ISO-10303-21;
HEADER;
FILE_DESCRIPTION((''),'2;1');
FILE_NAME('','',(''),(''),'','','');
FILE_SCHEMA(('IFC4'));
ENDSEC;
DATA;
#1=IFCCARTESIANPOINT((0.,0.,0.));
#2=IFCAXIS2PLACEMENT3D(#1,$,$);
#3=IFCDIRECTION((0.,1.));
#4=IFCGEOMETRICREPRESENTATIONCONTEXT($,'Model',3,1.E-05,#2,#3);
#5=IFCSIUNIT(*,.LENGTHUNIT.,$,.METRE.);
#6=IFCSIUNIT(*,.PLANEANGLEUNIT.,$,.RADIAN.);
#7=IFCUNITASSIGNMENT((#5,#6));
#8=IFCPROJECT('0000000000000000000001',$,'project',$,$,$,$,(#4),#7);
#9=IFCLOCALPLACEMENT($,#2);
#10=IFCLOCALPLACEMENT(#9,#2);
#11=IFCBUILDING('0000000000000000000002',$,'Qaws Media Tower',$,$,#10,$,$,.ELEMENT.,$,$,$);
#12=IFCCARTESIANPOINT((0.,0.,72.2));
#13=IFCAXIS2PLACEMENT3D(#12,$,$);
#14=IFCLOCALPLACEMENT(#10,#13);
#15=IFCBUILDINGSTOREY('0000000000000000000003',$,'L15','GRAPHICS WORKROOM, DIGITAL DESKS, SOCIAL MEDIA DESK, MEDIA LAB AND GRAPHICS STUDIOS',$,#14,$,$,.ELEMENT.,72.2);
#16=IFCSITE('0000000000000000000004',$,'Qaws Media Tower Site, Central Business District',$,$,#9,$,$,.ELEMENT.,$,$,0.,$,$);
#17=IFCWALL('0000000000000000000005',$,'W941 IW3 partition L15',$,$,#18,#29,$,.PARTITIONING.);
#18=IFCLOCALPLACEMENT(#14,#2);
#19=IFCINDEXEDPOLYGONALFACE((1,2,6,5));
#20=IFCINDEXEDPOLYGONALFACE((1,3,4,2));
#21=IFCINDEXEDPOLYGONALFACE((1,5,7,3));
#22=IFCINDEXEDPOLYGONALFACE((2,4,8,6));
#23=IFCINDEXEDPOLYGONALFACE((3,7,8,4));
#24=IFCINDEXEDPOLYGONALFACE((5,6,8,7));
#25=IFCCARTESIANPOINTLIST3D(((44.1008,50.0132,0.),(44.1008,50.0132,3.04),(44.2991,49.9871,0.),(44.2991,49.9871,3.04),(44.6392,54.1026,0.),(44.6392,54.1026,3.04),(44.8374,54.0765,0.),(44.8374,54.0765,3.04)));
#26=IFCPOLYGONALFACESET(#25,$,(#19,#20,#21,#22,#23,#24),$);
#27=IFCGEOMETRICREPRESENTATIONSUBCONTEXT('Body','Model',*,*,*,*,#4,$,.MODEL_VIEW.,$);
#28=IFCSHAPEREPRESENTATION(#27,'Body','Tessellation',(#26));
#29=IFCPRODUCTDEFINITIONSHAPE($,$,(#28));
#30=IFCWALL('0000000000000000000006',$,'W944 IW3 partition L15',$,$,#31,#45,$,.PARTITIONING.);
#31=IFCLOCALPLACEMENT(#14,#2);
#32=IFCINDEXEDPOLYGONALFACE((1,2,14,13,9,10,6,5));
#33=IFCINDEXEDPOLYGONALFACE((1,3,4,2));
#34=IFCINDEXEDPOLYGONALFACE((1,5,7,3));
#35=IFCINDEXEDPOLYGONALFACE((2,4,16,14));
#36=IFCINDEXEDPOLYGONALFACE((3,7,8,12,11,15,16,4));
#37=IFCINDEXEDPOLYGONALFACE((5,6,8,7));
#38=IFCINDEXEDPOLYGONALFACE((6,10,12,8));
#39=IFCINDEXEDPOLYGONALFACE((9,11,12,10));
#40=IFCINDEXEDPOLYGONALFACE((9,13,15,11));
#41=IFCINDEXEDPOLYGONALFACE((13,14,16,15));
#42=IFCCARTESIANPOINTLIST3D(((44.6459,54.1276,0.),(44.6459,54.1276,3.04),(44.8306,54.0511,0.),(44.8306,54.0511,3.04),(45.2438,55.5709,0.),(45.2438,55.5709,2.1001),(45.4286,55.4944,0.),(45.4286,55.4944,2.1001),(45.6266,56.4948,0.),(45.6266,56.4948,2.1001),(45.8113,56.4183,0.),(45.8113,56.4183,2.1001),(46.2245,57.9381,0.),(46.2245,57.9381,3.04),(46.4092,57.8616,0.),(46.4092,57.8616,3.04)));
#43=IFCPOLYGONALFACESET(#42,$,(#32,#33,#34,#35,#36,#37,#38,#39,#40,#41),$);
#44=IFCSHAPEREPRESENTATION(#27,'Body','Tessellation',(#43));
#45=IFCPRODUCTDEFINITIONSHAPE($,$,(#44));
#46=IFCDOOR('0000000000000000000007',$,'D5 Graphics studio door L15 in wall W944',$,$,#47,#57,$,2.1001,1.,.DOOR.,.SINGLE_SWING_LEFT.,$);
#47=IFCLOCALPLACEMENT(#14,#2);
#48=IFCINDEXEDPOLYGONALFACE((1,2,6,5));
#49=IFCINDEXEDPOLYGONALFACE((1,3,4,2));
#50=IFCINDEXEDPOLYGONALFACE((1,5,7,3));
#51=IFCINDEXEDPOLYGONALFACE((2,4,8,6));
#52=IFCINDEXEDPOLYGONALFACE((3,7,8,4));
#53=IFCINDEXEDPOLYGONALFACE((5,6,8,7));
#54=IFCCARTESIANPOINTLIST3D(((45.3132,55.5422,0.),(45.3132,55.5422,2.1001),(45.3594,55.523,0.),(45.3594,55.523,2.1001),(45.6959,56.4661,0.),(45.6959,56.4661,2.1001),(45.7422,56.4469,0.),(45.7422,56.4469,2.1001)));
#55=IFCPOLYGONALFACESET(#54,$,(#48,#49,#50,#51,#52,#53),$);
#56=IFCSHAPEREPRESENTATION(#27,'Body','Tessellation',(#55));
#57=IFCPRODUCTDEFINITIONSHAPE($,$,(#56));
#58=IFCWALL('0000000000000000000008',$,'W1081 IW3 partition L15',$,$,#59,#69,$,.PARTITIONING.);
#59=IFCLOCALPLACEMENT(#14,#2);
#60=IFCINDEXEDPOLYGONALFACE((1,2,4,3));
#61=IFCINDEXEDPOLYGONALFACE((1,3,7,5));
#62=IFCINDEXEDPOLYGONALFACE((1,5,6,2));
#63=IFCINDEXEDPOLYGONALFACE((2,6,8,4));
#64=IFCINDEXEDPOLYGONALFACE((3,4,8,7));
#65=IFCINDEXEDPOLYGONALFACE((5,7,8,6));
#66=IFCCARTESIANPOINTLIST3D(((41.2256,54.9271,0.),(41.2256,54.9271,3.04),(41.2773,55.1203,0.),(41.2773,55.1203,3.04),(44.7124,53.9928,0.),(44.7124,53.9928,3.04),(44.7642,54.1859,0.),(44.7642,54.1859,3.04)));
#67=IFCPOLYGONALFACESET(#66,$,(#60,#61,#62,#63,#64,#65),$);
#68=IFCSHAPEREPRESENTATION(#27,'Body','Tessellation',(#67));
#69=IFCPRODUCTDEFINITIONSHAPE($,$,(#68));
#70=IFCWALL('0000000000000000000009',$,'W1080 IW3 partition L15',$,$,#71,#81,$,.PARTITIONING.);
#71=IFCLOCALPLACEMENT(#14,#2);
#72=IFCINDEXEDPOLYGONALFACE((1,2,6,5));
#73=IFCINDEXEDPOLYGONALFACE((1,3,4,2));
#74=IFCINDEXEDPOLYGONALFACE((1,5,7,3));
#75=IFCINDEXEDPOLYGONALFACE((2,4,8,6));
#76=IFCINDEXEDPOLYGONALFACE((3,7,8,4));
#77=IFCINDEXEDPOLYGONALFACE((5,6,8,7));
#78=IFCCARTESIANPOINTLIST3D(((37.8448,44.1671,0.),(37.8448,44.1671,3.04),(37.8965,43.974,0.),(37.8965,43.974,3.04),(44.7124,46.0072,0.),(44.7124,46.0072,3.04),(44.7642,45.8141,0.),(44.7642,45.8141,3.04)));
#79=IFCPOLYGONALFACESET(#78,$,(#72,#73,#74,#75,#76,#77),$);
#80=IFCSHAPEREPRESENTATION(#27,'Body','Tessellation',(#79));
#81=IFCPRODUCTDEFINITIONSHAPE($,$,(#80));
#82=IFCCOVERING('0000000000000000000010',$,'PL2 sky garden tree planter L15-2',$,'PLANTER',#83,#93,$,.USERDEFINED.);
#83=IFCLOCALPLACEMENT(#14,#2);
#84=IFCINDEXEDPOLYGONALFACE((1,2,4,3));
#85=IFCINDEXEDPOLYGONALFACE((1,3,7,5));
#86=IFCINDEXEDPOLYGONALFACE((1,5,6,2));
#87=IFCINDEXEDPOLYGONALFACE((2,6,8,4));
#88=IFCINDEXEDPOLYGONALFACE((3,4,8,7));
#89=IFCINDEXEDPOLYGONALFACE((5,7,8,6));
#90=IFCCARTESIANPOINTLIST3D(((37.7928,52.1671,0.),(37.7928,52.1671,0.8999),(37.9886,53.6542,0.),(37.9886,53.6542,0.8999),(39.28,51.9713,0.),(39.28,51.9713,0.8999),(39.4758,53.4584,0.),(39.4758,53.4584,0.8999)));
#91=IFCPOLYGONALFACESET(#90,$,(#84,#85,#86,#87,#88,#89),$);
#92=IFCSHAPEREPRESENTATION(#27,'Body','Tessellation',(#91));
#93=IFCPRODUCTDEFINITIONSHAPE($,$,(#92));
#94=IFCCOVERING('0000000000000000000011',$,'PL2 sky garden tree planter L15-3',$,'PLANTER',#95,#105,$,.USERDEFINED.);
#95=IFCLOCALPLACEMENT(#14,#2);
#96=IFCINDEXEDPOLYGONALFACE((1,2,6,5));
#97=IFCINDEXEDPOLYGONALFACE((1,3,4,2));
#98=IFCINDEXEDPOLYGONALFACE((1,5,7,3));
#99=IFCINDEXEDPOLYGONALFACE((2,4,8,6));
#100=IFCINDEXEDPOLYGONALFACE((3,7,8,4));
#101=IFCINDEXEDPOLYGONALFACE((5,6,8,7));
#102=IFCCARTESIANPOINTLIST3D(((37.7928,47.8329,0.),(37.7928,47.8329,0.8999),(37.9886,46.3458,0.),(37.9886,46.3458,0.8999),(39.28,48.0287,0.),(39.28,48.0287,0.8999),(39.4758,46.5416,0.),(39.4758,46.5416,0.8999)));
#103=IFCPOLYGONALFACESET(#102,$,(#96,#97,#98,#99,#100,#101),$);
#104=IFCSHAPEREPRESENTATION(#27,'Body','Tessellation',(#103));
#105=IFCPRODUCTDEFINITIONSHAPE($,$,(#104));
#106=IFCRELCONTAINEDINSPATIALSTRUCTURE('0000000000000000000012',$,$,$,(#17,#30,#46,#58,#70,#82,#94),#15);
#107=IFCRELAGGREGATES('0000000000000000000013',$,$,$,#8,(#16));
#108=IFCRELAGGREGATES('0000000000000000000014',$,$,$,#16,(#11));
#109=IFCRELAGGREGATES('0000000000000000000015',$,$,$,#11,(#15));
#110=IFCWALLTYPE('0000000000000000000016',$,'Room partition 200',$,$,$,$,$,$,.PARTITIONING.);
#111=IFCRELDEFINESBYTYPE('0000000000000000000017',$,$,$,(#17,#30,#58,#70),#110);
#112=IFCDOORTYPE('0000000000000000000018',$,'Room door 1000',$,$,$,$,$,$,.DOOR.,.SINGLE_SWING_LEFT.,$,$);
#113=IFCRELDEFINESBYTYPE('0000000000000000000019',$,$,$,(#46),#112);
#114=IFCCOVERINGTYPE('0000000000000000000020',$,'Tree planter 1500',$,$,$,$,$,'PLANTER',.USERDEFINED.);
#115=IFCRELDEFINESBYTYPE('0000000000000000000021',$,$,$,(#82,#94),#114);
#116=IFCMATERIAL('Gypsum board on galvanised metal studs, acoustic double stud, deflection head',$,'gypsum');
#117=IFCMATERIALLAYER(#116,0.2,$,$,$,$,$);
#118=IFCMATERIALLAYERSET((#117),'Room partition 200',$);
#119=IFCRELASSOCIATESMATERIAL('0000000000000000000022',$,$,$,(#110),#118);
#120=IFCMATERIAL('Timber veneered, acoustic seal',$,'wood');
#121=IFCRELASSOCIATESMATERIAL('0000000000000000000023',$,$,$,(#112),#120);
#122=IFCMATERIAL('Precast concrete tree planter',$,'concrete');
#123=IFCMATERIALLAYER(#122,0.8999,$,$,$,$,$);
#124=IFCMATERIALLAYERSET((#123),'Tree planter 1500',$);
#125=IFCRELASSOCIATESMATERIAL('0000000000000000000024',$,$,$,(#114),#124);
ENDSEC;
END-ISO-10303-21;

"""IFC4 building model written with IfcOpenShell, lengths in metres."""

from ifc_helpers import new_model, si_unit, direction, frame, frame_2d, origin, origin_2d, place, context, subcontext, project, spatial, rectangle, extrude, material, layer, layer_set, type_object, element, fill, save


model = new_model("IFC4")

# Units and contexts
model_context = context("Model", 3, precision=1e-05, world=origin(), true_north=direction((0.0, 1.0)))
body_context = subcontext(model_context, "Body", "Model", "MODEL_VIEW")
ifc_project = project(units=[si_unit("LENGTHUNIT", "METRE"), si_unit("PLANEANGLEUNIT", "RADIAN")], contexts=[model_context])

# Site, building, storey
site_placement = place(None, origin())
site = spatial("IfcSite", under=ifc_project, at=site_placement, Name="Qaws Media Tower Site, Central Business District", CompositionType="ELEMENT", RefElevation=0.0)
building_placement = place(site_placement, origin())
building = spatial("IfcBuilding", under=site, at=building_placement, Name="Qaws Media Tower", CompositionType="ELEMENT")
storey_placement = place(building_placement, frame((0.0, 0.0, 72.2)))
storey = spatial("IfcBuildingStorey", under=building, at=storey_placement, Name="L15", Description="GRAPHICS WORKROOM, DIGITAL DESKS, SOCIAL MEDIA DESK, MEDIA LAB AND GRAPHICS STUDIOS", CompositionType="ELEMENT", Elevation=72.2)

# Shared definitions
ifc_material_1 = material(Name="Gypsum board on galvanised metal studs, acoustic double stud, deflection head", Category="gypsum")
ifc_layer_1 = layer(ifc_material_1, 0.2)
ifc_layer_set_1 = layer_set([ifc_layer_1], Name="Room partition 200")
wall_type_1 = type_object("IfcWallType", Name="Room partition 200", PredefinedType="PARTITIONING", material=ifc_layer_set_1)
ifc_material_2 = material(Name="Timber veneered, acoustic seal", Category="wood")
door_type_1 = type_object("IfcDoorType", Name="Room door 1000", OperationType="SINGLE_SWING_LEFT", PredefinedType="DOOR", material=ifc_material_2)

# Wall
wall_1_placement = place(storey_placement, frame((44.2, 50.0, 0.0), z_axis=(0.0, 0.0, 1.0), x_axis=(0.130516, 0.991446, 0.0)))
element("IfcWall", 1, at=wall_1_placement, inside=storey, type_object=wall_type_1, Name="W941 IW3 partition L15", PredefinedType="PARTITIONING", context=body_context, shape_type="SweptSolid", body=[
    extrude(rectangle(XDim=4.1248, YDim=0.2, at=frame_2d((2.0625, 0.0))), origin(), (0.0, 0.0, 1.0), 3.04),
])

# Wall, opening, door
wall_2_placement = place(storey_placement, frame((44.7383, 54.0894, 0.0), z_axis=(0.0, 0.0, 1.0), x_axis=(0.382732, 0.92386, 0.0)))
wall_2 = element("IfcWall", 2, at=wall_2_placement, inside=storey, type_object=wall_type_1, Name="W944 IW3 partition L15", PredefinedType="PARTITIONING", context=body_context, shape_type="SweptSolid", body=[
    extrude(rectangle(XDim=4.1245, YDim=0.2, at=frame_2d((2.0623, 0.0))), origin(), (0.0, 0.0, 1.0), 3.04),
])
opening_1_placement = place(wall_2_placement, frame((1.5623, 0.0, 0.0)))
opening_1 = element("IfcOpeningElement", 3, at=opening_1_placement, cuts=wall_2, PredefinedType="OPENING", context=body_context, shape_type="SweptSolid", body=[
    extrude(rectangle(XDim=1.0, YDim=2.1001, at=frame_2d((0.5, 1.05))), frame((0.0, 0.1099, 0.0), z_axis=(0.0, -1.0, 0.0), x_axis=(1.0, 0.0, 0.0)), (0.0, 0.0, 1.0), 0.22),
])
door_1_placement = place(opening_1_placement, origin())
door_1 = element("IfcDoor", 4, at=door_1_placement, inside=storey, type_object=door_type_1, Name="D5 Graphics studio door L15 in wall W944", OperationType="SINGLE_SWING_LEFT", OverallHeight=2.1001, OverallWidth=1.0, PredefinedType="DOOR", context=body_context, shape_type="SweptSolid", body=[
    extrude(rectangle(XDim=1.0, YDim=2.1001, at=frame_2d((0.5, 1.05))), frame((0.0, 0.0249, 0.0), z_axis=(0.0, -1.0, 0.0), x_axis=(1.0, 0.0, 0.0)), (0.0, 0.0, 1.0), 0.05),
])
fill(opening_1, door_1)

# Walls
wall_3_placement = place(storey_placement, frame((44.7383, 54.0894, 0.0), z_axis=(0.0, 0.0, 1.0), x_axis=(-0.965923, 0.258828, 0.0)))
element("IfcWall", 5, at=wall_3_placement, inside=storey, type_object=wall_type_1, Name="W1081 IW3 partition L15", PredefinedType="PARTITIONING", context=body_context, shape_type="SweptSolid", body=[
    extrude(rectangle(XDim=3.6099, YDim=0.2, at=frame_2d((1.8049, 0.0))), origin(), (0.0, 0.0, 1.0), 3.04),
])
wall_4_placement = place(storey_placement, frame((44.7383, 45.9106, 0.0), z_axis=(0.0, 0.0, 1.0), x_axis=(-0.965929, -0.258806, 0.0)))
element("IfcWall", 6, at=wall_4_placement, inside=storey, type_object=wall_type_1, Name="W1080 IW3 partition L15", PredefinedType="PARTITIONING", context=body_context, shape_type="SweptSolid", body=[
    extrude(rectangle(XDim=7.1099, YDim=0.2, at=frame_2d((3.5549, 0.0))), origin(), (0.0, 0.0, 1.0), 3.04),
])

# Coverings
ifc_material_3 = material(Name="Precast concrete tree planter", Category="concrete")
ifc_layer_2 = layer(ifc_material_3, 0.8999)
ifc_layer_set_2 = layer_set([ifc_layer_2], Name="Tree planter 1500")
covering_type = type_object("IfcCoveringType", Name="Tree planter 1500", ElementType="PLANTER", PredefinedType="USERDEFINED", material=ifc_layer_set_2)
for number, where, z_axis, x_axis, name in (
    (7, (38.6343, 52.8127, 0.0), (0.0, 0.0, 1.0), (-0.991445, 0.130526, 0.0), "PL2 sky garden tree planter L15-2"),
    (8, (38.6343, 47.1873, 0.0), (0.0, 0.0, 1.0), (-0.991445, -0.130526, 0.0), "PL2 sky garden tree planter L15-3"),
):
    element("IfcCovering", number, at=place(storey_placement, frame(where, z_axis=z_axis, x_axis=x_axis)), inside=storey, type_object=covering_type, Name=name, ObjectType="PLANTER", PredefinedType="USERDEFINED", context=body_context, shape_type="SweptSolid", body=[
        extrude(rectangle(XDim=1.5, YDim=1.5, at=origin_2d()), origin(), (0.0, 0.0, 1.0), 0.8999),
    ])

save(model, "model.ifc")
